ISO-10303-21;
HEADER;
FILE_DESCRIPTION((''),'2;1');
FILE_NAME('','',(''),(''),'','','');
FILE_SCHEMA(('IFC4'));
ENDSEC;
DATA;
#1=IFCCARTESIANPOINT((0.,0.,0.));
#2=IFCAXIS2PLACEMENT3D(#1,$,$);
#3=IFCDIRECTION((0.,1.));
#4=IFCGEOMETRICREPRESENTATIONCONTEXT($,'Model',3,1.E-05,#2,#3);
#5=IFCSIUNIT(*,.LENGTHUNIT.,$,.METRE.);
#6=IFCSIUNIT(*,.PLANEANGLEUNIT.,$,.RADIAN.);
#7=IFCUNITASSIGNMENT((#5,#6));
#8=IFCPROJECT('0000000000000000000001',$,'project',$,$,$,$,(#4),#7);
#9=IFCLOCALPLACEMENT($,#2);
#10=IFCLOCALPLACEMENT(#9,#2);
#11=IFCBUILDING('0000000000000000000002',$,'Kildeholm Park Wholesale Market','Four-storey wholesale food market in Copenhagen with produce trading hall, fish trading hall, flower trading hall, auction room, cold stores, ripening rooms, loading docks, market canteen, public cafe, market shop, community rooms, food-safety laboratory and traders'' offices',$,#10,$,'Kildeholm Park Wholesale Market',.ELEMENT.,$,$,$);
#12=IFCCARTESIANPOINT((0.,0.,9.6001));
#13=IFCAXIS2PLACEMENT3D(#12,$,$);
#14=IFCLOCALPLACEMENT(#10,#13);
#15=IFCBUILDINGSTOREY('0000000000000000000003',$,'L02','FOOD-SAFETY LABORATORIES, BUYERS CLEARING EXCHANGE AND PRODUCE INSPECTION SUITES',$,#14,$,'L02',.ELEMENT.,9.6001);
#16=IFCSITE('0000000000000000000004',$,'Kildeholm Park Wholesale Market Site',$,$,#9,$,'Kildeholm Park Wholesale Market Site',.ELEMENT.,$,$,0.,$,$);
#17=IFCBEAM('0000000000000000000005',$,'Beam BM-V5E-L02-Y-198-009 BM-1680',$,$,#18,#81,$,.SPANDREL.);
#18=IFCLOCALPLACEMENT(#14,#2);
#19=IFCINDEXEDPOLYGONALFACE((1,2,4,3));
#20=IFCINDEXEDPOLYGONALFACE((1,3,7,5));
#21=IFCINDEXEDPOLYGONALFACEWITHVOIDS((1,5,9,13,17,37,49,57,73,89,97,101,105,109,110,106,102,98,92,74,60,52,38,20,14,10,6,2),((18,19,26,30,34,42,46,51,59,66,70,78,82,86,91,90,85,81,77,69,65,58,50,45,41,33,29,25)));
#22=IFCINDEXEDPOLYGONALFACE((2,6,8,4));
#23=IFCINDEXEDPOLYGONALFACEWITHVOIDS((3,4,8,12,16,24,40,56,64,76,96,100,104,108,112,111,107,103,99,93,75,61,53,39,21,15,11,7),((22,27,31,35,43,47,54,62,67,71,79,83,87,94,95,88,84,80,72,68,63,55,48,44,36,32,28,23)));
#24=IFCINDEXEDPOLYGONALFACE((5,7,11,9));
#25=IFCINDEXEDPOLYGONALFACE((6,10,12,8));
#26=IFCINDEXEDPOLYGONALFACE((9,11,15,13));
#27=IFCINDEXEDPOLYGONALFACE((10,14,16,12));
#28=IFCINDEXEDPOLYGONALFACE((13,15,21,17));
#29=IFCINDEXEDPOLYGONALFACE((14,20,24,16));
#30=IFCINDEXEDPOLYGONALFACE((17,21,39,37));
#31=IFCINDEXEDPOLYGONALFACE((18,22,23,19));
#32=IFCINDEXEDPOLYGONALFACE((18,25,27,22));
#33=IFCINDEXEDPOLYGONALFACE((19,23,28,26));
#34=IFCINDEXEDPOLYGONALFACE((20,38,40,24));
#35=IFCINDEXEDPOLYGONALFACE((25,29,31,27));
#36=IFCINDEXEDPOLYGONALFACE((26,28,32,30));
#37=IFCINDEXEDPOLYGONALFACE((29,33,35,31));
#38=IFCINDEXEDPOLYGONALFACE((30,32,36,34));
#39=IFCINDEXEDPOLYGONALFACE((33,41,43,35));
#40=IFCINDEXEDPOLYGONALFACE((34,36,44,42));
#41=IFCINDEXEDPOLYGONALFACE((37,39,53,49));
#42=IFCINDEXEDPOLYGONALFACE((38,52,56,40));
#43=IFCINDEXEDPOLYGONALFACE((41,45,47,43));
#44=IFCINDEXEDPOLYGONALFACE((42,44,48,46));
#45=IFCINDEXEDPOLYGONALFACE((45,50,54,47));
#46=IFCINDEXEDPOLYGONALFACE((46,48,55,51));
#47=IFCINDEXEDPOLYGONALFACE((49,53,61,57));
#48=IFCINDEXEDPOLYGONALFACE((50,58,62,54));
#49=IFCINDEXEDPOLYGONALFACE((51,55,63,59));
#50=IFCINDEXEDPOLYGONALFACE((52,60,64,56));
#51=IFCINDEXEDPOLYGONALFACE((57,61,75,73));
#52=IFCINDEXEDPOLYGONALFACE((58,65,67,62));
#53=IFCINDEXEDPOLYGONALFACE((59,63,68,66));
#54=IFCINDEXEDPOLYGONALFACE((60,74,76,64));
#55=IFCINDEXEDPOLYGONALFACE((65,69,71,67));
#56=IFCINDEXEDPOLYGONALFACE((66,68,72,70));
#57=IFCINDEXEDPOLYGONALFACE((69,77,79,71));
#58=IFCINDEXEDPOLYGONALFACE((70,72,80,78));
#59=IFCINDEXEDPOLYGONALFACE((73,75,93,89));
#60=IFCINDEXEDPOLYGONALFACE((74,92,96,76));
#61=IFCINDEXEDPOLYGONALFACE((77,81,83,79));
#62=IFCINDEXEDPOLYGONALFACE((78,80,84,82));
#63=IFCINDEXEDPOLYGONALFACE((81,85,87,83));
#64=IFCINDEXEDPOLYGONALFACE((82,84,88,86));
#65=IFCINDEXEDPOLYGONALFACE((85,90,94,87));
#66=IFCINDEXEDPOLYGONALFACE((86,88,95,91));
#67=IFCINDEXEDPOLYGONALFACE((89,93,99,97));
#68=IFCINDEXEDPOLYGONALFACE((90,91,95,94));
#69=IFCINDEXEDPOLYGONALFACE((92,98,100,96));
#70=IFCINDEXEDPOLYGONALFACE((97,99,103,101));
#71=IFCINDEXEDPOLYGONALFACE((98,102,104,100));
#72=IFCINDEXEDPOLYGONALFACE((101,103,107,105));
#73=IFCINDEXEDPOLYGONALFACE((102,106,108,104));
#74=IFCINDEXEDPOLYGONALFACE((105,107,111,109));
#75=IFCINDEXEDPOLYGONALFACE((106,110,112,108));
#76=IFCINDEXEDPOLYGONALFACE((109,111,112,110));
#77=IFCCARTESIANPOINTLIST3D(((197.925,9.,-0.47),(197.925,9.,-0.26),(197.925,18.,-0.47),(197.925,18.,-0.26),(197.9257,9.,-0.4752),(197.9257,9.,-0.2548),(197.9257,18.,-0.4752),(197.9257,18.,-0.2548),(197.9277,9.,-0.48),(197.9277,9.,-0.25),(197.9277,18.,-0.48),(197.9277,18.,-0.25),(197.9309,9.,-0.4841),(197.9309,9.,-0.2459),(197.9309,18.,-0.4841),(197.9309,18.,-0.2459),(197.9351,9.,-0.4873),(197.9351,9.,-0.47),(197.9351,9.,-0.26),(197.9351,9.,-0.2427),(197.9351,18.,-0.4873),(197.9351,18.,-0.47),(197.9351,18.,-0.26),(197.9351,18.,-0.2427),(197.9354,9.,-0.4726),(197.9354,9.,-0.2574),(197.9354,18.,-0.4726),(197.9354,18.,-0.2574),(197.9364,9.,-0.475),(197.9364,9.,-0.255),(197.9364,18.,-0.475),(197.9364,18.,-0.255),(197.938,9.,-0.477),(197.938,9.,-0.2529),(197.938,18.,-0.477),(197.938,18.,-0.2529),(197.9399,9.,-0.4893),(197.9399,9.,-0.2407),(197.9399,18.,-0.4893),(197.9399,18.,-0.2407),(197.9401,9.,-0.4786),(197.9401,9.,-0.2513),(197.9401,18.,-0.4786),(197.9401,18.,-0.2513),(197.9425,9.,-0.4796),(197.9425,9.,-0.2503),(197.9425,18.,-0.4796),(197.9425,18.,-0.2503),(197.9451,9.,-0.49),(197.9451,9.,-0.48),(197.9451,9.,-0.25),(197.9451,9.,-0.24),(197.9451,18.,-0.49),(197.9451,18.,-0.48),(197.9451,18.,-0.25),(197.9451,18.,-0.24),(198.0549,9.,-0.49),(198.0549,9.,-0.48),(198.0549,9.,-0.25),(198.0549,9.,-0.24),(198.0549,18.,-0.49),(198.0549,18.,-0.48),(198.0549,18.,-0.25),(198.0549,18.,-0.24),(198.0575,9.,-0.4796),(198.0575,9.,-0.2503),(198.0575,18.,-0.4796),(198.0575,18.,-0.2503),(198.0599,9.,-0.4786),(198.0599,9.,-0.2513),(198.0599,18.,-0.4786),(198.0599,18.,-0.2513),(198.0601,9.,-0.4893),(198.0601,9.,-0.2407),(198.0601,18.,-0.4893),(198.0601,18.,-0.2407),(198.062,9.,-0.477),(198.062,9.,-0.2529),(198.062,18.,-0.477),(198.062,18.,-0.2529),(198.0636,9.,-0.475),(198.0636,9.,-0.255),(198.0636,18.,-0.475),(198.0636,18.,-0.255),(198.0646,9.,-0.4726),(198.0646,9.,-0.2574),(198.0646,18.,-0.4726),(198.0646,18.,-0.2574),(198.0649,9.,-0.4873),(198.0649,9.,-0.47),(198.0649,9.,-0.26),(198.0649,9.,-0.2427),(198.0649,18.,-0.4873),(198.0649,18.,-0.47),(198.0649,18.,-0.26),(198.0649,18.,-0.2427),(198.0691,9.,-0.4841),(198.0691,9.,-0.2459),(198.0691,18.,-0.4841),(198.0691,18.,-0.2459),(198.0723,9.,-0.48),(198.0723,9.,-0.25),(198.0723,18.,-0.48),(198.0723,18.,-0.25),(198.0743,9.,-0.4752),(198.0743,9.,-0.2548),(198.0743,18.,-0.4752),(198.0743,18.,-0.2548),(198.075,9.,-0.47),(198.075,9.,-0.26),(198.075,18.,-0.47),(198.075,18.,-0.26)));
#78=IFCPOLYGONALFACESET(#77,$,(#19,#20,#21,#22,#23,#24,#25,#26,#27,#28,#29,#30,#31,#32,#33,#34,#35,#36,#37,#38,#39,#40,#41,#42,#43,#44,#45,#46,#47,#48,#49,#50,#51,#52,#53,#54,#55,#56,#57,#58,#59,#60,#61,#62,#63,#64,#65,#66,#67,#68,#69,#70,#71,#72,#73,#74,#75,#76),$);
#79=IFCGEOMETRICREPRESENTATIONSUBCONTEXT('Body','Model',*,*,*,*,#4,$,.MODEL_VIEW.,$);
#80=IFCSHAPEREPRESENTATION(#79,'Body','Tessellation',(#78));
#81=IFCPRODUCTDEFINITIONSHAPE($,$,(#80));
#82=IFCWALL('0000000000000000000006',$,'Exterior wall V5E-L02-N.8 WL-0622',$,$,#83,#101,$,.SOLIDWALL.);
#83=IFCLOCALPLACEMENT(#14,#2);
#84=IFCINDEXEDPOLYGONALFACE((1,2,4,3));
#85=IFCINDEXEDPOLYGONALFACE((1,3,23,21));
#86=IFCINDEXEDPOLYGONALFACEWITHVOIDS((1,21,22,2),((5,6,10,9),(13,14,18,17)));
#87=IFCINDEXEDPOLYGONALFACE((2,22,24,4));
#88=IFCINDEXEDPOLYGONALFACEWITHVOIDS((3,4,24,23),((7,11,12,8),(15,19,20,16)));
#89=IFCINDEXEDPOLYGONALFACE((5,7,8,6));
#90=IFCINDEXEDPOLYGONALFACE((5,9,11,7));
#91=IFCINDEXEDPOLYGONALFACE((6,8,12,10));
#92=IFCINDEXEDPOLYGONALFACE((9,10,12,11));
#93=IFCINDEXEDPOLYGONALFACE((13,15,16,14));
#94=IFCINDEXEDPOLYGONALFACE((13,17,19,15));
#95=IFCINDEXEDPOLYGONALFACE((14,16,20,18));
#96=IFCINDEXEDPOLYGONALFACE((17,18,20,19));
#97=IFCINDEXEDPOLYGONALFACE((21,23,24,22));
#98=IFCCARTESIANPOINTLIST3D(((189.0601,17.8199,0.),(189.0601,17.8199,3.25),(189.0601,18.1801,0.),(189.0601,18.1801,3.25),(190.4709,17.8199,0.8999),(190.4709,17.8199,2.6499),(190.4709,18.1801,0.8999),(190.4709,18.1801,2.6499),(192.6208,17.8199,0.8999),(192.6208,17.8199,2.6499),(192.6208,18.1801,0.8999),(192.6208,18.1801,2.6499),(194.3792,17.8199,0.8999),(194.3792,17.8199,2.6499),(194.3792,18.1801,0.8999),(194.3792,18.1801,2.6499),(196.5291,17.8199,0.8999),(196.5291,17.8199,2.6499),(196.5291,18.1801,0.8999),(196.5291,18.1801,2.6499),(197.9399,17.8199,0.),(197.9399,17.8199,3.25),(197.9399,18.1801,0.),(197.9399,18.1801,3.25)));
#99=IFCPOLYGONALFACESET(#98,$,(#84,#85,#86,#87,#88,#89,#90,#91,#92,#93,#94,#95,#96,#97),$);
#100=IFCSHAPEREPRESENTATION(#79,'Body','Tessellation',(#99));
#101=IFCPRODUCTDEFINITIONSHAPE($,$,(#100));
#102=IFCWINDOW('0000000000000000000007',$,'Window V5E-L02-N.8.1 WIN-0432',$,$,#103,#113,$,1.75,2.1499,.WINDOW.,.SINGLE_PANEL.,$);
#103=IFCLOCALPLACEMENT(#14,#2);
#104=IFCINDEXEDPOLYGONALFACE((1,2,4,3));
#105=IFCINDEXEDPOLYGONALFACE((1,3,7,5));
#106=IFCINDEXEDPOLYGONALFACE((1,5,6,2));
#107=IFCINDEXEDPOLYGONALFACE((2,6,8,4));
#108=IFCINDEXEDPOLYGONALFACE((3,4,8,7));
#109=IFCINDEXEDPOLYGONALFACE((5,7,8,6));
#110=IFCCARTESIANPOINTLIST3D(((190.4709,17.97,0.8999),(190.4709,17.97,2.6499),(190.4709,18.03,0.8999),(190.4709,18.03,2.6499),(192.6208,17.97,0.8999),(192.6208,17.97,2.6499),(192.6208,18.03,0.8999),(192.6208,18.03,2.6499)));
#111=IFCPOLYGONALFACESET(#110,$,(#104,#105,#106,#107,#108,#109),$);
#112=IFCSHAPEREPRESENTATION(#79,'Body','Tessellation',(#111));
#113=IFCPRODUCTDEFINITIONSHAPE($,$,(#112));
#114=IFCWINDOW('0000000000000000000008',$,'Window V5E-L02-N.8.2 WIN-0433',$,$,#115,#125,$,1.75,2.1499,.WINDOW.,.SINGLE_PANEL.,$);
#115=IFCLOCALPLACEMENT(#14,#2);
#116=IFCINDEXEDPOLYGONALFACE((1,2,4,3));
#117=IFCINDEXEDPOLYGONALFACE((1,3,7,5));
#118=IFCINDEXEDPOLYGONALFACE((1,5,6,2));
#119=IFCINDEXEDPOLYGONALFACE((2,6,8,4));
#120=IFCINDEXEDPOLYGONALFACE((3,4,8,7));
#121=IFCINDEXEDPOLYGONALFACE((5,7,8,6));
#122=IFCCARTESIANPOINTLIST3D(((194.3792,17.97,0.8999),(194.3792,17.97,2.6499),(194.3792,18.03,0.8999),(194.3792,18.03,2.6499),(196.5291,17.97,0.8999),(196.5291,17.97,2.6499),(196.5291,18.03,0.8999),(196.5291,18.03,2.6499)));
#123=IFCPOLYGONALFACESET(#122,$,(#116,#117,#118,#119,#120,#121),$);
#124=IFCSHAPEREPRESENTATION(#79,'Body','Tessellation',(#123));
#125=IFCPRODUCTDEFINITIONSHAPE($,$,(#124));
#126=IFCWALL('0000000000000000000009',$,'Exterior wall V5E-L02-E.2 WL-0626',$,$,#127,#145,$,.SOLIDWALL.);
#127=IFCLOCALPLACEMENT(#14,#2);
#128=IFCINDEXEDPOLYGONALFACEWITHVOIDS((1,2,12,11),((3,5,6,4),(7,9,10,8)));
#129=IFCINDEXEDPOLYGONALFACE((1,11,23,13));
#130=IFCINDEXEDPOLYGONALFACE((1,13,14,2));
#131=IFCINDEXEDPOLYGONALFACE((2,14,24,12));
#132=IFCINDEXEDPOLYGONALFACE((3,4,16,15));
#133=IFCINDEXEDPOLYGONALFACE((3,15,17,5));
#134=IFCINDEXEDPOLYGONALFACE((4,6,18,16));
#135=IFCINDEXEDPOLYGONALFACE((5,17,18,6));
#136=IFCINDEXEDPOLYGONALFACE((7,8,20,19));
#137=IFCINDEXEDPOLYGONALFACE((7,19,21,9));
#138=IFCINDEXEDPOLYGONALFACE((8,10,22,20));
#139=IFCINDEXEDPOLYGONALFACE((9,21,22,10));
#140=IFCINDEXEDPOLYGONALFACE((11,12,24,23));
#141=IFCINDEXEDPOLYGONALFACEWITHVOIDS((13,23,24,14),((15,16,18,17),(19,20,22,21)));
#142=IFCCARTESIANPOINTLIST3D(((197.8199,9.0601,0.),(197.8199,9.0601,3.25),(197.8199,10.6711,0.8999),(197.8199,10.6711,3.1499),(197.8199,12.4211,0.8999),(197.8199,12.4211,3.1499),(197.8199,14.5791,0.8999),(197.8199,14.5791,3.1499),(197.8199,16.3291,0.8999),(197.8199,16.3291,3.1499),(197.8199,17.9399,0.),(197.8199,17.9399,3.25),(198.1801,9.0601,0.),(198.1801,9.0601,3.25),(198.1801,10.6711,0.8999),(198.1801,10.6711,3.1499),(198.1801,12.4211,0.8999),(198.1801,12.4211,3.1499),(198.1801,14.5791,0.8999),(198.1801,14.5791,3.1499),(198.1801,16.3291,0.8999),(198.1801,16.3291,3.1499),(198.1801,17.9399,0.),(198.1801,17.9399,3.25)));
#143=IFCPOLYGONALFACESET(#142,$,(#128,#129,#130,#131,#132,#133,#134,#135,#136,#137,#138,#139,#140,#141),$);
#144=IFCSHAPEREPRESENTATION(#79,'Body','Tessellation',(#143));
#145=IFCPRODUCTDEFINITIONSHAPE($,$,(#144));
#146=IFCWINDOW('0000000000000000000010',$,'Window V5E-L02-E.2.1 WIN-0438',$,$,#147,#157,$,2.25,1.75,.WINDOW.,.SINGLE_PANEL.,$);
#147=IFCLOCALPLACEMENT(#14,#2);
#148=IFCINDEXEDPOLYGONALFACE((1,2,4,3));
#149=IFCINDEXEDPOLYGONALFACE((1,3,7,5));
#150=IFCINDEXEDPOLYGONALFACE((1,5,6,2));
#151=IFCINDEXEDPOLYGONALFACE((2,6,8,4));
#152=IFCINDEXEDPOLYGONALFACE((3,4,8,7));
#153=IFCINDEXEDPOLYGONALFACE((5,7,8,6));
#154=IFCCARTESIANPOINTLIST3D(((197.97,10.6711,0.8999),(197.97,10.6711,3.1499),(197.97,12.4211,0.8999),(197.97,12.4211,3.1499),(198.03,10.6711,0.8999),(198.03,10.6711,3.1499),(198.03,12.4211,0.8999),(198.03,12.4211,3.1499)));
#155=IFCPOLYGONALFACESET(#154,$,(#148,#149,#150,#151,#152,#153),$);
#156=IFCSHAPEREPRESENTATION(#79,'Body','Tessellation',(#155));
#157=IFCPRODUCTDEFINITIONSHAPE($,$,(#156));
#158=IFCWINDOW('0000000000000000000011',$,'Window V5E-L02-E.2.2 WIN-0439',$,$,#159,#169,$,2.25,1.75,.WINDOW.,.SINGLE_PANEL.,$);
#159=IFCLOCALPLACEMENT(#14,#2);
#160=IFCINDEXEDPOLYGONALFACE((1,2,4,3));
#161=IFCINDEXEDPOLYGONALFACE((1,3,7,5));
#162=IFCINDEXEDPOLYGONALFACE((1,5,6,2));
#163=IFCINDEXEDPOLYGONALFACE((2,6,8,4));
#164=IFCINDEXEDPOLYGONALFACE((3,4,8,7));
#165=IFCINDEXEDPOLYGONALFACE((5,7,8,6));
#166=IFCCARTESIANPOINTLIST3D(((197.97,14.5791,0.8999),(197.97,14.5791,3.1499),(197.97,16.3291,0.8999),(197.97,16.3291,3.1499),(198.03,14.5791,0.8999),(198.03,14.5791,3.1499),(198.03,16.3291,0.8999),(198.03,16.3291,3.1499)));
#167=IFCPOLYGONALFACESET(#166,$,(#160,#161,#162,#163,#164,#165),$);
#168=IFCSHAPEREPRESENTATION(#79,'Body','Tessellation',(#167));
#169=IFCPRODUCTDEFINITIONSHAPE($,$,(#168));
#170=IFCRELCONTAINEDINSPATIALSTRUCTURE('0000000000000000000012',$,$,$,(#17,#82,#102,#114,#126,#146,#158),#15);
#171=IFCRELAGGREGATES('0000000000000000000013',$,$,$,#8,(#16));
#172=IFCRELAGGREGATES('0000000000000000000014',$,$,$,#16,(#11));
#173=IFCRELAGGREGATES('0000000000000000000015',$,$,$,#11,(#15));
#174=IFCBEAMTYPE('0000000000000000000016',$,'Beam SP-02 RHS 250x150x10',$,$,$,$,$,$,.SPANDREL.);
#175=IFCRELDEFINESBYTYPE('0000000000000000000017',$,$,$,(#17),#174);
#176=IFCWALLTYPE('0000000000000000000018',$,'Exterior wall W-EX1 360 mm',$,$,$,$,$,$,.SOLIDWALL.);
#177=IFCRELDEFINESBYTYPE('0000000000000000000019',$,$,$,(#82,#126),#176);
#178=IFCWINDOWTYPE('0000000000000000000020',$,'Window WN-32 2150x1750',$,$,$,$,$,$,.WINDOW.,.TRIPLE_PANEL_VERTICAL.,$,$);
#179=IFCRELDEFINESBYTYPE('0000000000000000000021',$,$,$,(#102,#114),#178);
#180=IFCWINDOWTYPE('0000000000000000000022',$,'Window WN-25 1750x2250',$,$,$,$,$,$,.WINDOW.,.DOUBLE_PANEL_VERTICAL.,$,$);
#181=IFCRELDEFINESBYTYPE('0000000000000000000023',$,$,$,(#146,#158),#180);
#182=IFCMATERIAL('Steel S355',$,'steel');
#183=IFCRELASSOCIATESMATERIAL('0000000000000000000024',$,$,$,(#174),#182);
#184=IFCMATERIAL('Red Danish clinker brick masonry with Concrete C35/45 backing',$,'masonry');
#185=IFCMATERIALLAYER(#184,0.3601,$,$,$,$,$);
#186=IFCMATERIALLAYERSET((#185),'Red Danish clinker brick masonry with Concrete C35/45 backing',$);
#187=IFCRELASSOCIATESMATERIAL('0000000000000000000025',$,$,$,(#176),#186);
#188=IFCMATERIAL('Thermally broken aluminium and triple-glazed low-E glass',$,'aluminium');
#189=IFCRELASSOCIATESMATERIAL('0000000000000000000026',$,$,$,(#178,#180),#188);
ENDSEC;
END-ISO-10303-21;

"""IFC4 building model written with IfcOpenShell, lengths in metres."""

from ifc_helpers import new_model, si_unit, direction, frame, frame_2d, origin, origin_2d, place, context, subcontext, project, spatial, rectangle, hollow_rectangle, extrude, material, layer, layer_set, material_profile, profile_set, type_object, element, fill, save


model = new_model("IFC4")

# Units and contexts
model_context = context("Model", 3, precision=1e-05, world=origin(), true_north=direction((0.0, 1.0)))
body_context = subcontext(model_context, "Body", "Model", "MODEL_VIEW")
ifc_project = project(units=[si_unit("LENGTHUNIT", "METRE"), si_unit("PLANEANGLEUNIT", "RADIAN")], contexts=[model_context])

# Site, building, storey
site_placement = place(None, origin())
site = spatial("IfcSite", under=ifc_project, at=site_placement, Name="Kildeholm Park Wholesale Market Site", LongName="Kildeholm Park Wholesale Market Site", CompositionType="ELEMENT", RefElevation=0.0)
building_placement = place(site_placement, origin())
building = spatial("IfcBuilding", under=site, at=building_placement, Name="Kildeholm Park Wholesale Market", Description="Four-storey wholesale food market in Copenhagen with produce trading hall, fish trading hall, flower trading hall, auction room, cold stores, ripening rooms, loading docks, market canteen, public cafe, market shop, community rooms, food-safety laboratory and traders' offices", LongName="Kildeholm Park Wholesale Market", CompositionType="ELEMENT")
storey_placement = place(building_placement, frame((0.0, 0.0, 9.6001)))
storey = spatial("IfcBuildingStorey", under=building, at=storey_placement, Name="L02", Description="FOOD-SAFETY LABORATORIES, BUYERS CLEARING EXCHANGE AND PRODUCE INSPECTION SUITES", LongName="L02", CompositionType="ELEMENT", Elevation=9.6001)

# Shared definitions
ifc_material_1 = material(Name="Steel S355", Category="steel")

# Beam
ifc_material_profile_1 = material_profile(ifc_material_1, hollow_rectangle(XDim=0.1499, YDim=0.25, WallThickness=0.01, InnerFilletRadius=0.01, OuterFilletRadius=0.02, at=origin_2d()), Name="RHS 250x150x10")
ifc_profile_set_1 = profile_set([ifc_material_profile_1], Name="Steel S355")
beam_type_1 = type_object("IfcBeamType", Name="Beam SP-02 RHS 250x150x10", PredefinedType="SPANDREL", material=ifc_profile_set_1)
for number, where, z_axis, x_axis, name in (
    (1, (198.0, 9.0, -0.365), (0.0, 1.0, 0.0), (-1.0, 0.0, 0.0), "Beam BM-V5E-L02-Y-198-009 BM-1680"),
):
    element("IfcBeam", number, at=place(storey_placement, frame(where, z_axis=z_axis, x_axis=x_axis)), inside=storey, type_object=beam_type_1, Name=name, PredefinedType="SPANDREL", context=body_context, shape_type="SweptSolid", body=[
        extrude(hollow_rectangle(XDim=0.1499, YDim=0.25, WallThickness=0.01, InnerFilletRadius=0.01, OuterFilletRadius=0.02, at=origin_2d()), origin(), (0.0, 0.0, 1.0), 9.0),
    ])

# Walls, openings, windows
ifc_material_2 = material(Name="Red Danish clinker brick masonry with Concrete C35/45 backing", Category="masonry")
ifc_layer_1 = layer(ifc_material_2, 0.3601)
ifc_layer_set_1 = layer_set([ifc_layer_1], Name="Red Danish clinker brick masonry with Concrete C35/45 backing")
wall_type_1 = type_object("IfcWallType", Name="Exterior wall W-EX1 360 mm", PredefinedType="SOLIDWALL", material=ifc_layer_set_1)
wall_1_placement = place(storey_placement, frame((189.0601, 18.0, 0.0), z_axis=(0.0, 0.0, 1.0), x_axis=(1.0, 0.0, 0.0)))
wall_1 = element("IfcWall", 2, at=wall_1_placement, inside=storey, type_object=wall_type_1, Name="Exterior wall V5E-L02-N.8 WL-0622", PredefinedType="SOLIDWALL", context=body_context, shape_type="SweptSolid", body=[
    extrude(rectangle(XDim=8.8799, YDim=0.3601, at=frame_2d((4.4399, 0.0))), origin(), (0.0, 0.0, 1.0), 3.25),
])
opening_1_placement = place(wall_1_placement, frame((1.4109, 0.0, 0.8999)))
opening_1 = element("IfcOpeningElement", 3, at=opening_1_placement, cuts=wall_1, PredefinedType="OPENING", context=body_context, shape_type="SweptSolid", body=[
    extrude(rectangle(XDim=2.1499, YDim=1.75, at=frame_2d((1.075, 0.875))), frame((0.0, 0.1899, 0.0), z_axis=(0.0, -1.0, 0.0), x_axis=(1.0, 0.0, 0.0)), (0.0, 0.0, 1.0), 0.3801),
])
opening_2_placement = place(wall_1_placement, frame((5.3191, 0.0, 0.8999)))
opening_2 = element("IfcOpeningElement", 4, at=opening_2_placement, cuts=wall_1, PredefinedType="OPENING", context=body_context, shape_type="SweptSolid", body=[
    extrude(rectangle(XDim=2.1499, YDim=1.75, at=frame_2d((1.075, 0.875))), frame((0.0, 0.1899, 0.0), z_axis=(0.0, -1.0, 0.0), x_axis=(1.0, 0.0, 0.0)), (0.0, 0.0, 1.0), 0.3801),
])
ifc_material_3 = material(Name="Thermally broken aluminium and triple-glazed low-E glass", Category="aluminium")
window_type_1 = type_object("IfcWindowType", Name="Window WN-32 2150x1750", PartitioningType="TRIPLE_PANEL_VERTICAL", PredefinedType="WINDOW", material=ifc_material_3)
window_1_placement = place(opening_1_placement, origin())
window_1 = element("IfcWindow", 5, at=window_1_placement, inside=storey, type_object=window_type_1, Name="Window V5E-L02-N.8.1 WIN-0432", OverallHeight=1.75, OverallWidth=2.1499, PartitioningType="SINGLE_PANEL", PredefinedType="WINDOW", context=body_context, shape_type="SweptSolid", body=[
    extrude(rectangle(XDim=2.1499, YDim=1.75, at=frame_2d((1.075, 0.875))), frame((0.0, 0.03, 0.0), z_axis=(0.0, -1.0, 0.0), x_axis=(1.0, 0.0, 0.0)), (0.0, 0.0, 1.0), 0.0601),
])
fill(opening_1, window_1)
window_2_placement = place(opening_2_placement, origin())
window_2 = element("IfcWindow", 6, at=window_2_placement, inside=storey, type_object=window_type_1, Name="Window V5E-L02-N.8.2 WIN-0433", OverallHeight=1.75, OverallWidth=2.1499, PartitioningType="SINGLE_PANEL", PredefinedType="WINDOW", context=body_context, shape_type="SweptSolid", body=[
    extrude(rectangle(XDim=2.1499, YDim=1.75, at=frame_2d((1.075, 0.875))), frame((0.0, 0.03, 0.0), z_axis=(0.0, -1.0, 0.0), x_axis=(1.0, 0.0, 0.0)), (0.0, 0.0, 1.0), 0.0601),
])
fill(opening_2, window_2)
wall_2_placement = place(storey_placement, frame((198.0, 9.0601, 0.0), z_axis=(0.0, 0.0, 1.0), x_axis=(0.0, 1.0, 0.0)))
wall_2 = element("IfcWall", 7, at=wall_2_placement, inside=storey, type_object=wall_type_1, Name="Exterior wall V5E-L02-E.2 WL-0626", PredefinedType="SOLIDWALL", context=body_context, shape_type="SweptSolid", body=[
    extrude(rectangle(XDim=8.8799, YDim=0.3601, at=frame_2d((4.4399, 0.0))), origin(), (0.0, 0.0, 1.0), 3.25),
])
opening_3_placement = place(wall_2_placement, frame((1.6111, 0.0, 0.8999)))
opening_3 = element("IfcOpeningElement", 8, at=opening_3_placement, cuts=wall_2, PredefinedType="OPENING", context=body_context, shape_type="SweptSolid", body=[
    extrude(rectangle(XDim=1.75, YDim=2.25, at=frame_2d((0.875, 1.125))), frame((0.0, 0.1899, 0.0), z_axis=(0.0, -1.0, 0.0), x_axis=(1.0, 0.0, 0.0)), (0.0, 0.0, 1.0), 0.3801),
])
opening_4_placement = place(wall_2_placement, frame((5.519, 0.0, 0.8999)))
opening_4 = element("IfcOpeningElement", 9, at=opening_4_placement, cuts=wall_2, PredefinedType="OPENING", context=body_context, shape_type="SweptSolid", body=[
    extrude(rectangle(XDim=1.75, YDim=2.25, at=frame_2d((0.875, 1.125))), frame((0.0, 0.1899, 0.0), z_axis=(0.0, -1.0, 0.0), x_axis=(1.0, 0.0, 0.0)), (0.0, 0.0, 1.0), 0.3801),
])
window_type_2 = type_object("IfcWindowType", Name="Window WN-25 1750x2250", PartitioningType="DOUBLE_PANEL_VERTICAL", PredefinedType="WINDOW", material=ifc_material_3)
window_3_placement = place(opening_3_placement, origin())
window_3 = element("IfcWindow", 10, at=window_3_placement, inside=storey, type_object=window_type_2, Name="Window V5E-L02-E.2.1 WIN-0438", OverallHeight=2.25, OverallWidth=1.75, PartitioningType="SINGLE_PANEL", PredefinedType="WINDOW", context=body_context, shape_type="SweptSolid", body=[
    extrude(rectangle(XDim=1.75, YDim=2.25, at=frame_2d((0.875, 1.125))), frame((0.0, 0.03, 0.0), z_axis=(0.0, -1.0, 0.0), x_axis=(1.0, 0.0, 0.0)), (0.0, 0.0, 1.0), 0.0601),
])
fill(opening_3, window_3)
window_4_placement = place(opening_4_placement, origin())
window_4 = element("IfcWindow", 11, at=window_4_placement, inside=storey, type_object=window_type_2, Name="Window V5E-L02-E.2.2 WIN-0439", OverallHeight=2.25, OverallWidth=1.75, PartitioningType="SINGLE_PANEL", PredefinedType="WINDOW", context=body_context, shape_type="SweptSolid", body=[
    extrude(rectangle(XDim=1.75, YDim=2.25, at=frame_2d((0.875, 1.125))), frame((0.0, 0.03, 0.0), z_axis=(0.0, -1.0, 0.0), x_axis=(1.0, 0.0, 0.0)), (0.0, 0.0, 1.0), 0.0601),
])
fill(opening_4, window_4)

save(model, "model.ifc")
